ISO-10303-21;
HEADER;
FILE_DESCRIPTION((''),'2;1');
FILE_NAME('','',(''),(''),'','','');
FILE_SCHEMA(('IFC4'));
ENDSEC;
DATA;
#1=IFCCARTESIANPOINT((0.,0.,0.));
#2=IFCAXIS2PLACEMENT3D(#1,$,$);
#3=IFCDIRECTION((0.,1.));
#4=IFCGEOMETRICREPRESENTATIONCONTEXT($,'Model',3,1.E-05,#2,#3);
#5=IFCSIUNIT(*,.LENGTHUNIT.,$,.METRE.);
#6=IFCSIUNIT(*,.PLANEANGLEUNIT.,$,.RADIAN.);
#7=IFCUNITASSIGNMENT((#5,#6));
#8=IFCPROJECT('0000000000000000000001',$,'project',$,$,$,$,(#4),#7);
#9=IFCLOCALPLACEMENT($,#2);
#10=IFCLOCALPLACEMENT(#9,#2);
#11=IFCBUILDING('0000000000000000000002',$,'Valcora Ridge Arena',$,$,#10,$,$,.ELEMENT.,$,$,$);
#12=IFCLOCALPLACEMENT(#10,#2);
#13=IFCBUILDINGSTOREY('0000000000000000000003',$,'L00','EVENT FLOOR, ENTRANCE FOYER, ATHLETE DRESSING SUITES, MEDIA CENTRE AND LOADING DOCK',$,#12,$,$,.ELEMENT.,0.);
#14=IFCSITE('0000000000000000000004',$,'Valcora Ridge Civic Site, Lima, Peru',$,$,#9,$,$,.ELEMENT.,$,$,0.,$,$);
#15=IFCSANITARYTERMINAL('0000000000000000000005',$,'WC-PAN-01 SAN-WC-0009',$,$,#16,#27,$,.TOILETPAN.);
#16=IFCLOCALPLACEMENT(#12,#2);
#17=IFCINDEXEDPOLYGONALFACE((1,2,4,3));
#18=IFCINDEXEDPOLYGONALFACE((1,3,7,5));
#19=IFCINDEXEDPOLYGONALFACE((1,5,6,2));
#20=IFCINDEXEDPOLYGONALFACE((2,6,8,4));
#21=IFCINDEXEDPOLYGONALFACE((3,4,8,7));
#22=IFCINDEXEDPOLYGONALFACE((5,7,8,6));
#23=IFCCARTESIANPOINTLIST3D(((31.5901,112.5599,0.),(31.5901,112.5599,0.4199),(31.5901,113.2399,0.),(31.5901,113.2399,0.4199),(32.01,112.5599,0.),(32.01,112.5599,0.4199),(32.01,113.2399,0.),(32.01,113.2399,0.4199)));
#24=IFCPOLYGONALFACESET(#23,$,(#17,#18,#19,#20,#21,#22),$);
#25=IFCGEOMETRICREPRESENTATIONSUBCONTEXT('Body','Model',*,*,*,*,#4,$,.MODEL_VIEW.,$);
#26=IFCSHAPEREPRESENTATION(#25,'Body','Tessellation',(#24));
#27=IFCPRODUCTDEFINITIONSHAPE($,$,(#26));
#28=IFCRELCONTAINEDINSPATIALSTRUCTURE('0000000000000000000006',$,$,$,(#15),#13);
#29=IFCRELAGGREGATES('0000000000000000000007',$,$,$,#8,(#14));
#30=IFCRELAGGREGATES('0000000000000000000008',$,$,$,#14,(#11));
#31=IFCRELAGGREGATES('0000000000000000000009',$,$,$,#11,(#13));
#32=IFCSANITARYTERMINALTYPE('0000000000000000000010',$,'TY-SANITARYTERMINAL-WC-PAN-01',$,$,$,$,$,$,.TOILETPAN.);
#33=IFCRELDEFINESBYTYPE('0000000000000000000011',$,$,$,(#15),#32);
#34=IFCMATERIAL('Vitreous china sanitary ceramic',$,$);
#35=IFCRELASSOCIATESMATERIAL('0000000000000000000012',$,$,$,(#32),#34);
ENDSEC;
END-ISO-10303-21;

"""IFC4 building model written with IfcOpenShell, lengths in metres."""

from ifc_helpers import new_model, si_unit, direction, frame, origin, origin_2d, place, context, subcontext, project, spatial, rectangle, extrude, material, type_object, element, save


model = new_model("IFC4")

# Units and contexts
model_context = context("Model", 3, precision=1e-05, world=origin(), true_north=direction((0.0, 1.0)))
body_context = subcontext(model_context, "Body", "Model", "MODEL_VIEW")
ifc_project = project(units=[si_unit("LENGTHUNIT", "METRE"), si_unit("PLANEANGLEUNIT", "RADIAN")], contexts=[model_context])

# Site, building, storey
site_placement = place(None, origin())
site = spatial("IfcSite", under=ifc_project, at=site_placement, Name="Valcora Ridge Civic Site, Lima, Peru", CompositionType="ELEMENT", RefElevation=0.0)
building_placement = place(site_placement, origin())
building = spatial("IfcBuilding", under=site, at=building_placement, Name="Valcora Ridge Arena", CompositionType="ELEMENT")
storey_placement = place(building_placement, origin())
storey = spatial("IfcBuildingStorey", under=building, at=storey_placement, Name="L00", Description="EVENT FLOOR, ENTRANCE FOYER, ATHLETE DRESSING SUITES, MEDIA CENTRE AND LOADING DOCK", CompositionType="ELEMENT", Elevation=0.0)

# Sanitary terminal
ifc_material_1 = material(Name="Vitreous china sanitary ceramic")
sanitary_terminal_type_1 = type_object("IfcSanitaryTerminalType", Name="TY-SANITARYTERMINAL-WC-PAN-01", PredefinedType="TOILETPAN", material=ifc_material_1)
sanitary_terminal_1_placement = place(storey_placement, frame((31.8, 112.8999, 0.0), z_axis=(0.0, 0.0, 1.0), x_axis=(1.0, 0.0, 0.0)))
element("IfcSanitaryTerminal", 1, at=sanitary_terminal_1_placement, inside=storey, type_object=sanitary_terminal_type_1, Name="WC-PAN-01 SAN-WC-0009", PredefinedType="TOILETPAN", context=body_context, shape_type="SweptSolid", body=[
    extrude(rectangle(XDim=0.4199, YDim=0.6799, at=origin_2d()), origin(), (0.0, 0.0, 1.0), 0.4199),
])

save(model, "model.ifc")
